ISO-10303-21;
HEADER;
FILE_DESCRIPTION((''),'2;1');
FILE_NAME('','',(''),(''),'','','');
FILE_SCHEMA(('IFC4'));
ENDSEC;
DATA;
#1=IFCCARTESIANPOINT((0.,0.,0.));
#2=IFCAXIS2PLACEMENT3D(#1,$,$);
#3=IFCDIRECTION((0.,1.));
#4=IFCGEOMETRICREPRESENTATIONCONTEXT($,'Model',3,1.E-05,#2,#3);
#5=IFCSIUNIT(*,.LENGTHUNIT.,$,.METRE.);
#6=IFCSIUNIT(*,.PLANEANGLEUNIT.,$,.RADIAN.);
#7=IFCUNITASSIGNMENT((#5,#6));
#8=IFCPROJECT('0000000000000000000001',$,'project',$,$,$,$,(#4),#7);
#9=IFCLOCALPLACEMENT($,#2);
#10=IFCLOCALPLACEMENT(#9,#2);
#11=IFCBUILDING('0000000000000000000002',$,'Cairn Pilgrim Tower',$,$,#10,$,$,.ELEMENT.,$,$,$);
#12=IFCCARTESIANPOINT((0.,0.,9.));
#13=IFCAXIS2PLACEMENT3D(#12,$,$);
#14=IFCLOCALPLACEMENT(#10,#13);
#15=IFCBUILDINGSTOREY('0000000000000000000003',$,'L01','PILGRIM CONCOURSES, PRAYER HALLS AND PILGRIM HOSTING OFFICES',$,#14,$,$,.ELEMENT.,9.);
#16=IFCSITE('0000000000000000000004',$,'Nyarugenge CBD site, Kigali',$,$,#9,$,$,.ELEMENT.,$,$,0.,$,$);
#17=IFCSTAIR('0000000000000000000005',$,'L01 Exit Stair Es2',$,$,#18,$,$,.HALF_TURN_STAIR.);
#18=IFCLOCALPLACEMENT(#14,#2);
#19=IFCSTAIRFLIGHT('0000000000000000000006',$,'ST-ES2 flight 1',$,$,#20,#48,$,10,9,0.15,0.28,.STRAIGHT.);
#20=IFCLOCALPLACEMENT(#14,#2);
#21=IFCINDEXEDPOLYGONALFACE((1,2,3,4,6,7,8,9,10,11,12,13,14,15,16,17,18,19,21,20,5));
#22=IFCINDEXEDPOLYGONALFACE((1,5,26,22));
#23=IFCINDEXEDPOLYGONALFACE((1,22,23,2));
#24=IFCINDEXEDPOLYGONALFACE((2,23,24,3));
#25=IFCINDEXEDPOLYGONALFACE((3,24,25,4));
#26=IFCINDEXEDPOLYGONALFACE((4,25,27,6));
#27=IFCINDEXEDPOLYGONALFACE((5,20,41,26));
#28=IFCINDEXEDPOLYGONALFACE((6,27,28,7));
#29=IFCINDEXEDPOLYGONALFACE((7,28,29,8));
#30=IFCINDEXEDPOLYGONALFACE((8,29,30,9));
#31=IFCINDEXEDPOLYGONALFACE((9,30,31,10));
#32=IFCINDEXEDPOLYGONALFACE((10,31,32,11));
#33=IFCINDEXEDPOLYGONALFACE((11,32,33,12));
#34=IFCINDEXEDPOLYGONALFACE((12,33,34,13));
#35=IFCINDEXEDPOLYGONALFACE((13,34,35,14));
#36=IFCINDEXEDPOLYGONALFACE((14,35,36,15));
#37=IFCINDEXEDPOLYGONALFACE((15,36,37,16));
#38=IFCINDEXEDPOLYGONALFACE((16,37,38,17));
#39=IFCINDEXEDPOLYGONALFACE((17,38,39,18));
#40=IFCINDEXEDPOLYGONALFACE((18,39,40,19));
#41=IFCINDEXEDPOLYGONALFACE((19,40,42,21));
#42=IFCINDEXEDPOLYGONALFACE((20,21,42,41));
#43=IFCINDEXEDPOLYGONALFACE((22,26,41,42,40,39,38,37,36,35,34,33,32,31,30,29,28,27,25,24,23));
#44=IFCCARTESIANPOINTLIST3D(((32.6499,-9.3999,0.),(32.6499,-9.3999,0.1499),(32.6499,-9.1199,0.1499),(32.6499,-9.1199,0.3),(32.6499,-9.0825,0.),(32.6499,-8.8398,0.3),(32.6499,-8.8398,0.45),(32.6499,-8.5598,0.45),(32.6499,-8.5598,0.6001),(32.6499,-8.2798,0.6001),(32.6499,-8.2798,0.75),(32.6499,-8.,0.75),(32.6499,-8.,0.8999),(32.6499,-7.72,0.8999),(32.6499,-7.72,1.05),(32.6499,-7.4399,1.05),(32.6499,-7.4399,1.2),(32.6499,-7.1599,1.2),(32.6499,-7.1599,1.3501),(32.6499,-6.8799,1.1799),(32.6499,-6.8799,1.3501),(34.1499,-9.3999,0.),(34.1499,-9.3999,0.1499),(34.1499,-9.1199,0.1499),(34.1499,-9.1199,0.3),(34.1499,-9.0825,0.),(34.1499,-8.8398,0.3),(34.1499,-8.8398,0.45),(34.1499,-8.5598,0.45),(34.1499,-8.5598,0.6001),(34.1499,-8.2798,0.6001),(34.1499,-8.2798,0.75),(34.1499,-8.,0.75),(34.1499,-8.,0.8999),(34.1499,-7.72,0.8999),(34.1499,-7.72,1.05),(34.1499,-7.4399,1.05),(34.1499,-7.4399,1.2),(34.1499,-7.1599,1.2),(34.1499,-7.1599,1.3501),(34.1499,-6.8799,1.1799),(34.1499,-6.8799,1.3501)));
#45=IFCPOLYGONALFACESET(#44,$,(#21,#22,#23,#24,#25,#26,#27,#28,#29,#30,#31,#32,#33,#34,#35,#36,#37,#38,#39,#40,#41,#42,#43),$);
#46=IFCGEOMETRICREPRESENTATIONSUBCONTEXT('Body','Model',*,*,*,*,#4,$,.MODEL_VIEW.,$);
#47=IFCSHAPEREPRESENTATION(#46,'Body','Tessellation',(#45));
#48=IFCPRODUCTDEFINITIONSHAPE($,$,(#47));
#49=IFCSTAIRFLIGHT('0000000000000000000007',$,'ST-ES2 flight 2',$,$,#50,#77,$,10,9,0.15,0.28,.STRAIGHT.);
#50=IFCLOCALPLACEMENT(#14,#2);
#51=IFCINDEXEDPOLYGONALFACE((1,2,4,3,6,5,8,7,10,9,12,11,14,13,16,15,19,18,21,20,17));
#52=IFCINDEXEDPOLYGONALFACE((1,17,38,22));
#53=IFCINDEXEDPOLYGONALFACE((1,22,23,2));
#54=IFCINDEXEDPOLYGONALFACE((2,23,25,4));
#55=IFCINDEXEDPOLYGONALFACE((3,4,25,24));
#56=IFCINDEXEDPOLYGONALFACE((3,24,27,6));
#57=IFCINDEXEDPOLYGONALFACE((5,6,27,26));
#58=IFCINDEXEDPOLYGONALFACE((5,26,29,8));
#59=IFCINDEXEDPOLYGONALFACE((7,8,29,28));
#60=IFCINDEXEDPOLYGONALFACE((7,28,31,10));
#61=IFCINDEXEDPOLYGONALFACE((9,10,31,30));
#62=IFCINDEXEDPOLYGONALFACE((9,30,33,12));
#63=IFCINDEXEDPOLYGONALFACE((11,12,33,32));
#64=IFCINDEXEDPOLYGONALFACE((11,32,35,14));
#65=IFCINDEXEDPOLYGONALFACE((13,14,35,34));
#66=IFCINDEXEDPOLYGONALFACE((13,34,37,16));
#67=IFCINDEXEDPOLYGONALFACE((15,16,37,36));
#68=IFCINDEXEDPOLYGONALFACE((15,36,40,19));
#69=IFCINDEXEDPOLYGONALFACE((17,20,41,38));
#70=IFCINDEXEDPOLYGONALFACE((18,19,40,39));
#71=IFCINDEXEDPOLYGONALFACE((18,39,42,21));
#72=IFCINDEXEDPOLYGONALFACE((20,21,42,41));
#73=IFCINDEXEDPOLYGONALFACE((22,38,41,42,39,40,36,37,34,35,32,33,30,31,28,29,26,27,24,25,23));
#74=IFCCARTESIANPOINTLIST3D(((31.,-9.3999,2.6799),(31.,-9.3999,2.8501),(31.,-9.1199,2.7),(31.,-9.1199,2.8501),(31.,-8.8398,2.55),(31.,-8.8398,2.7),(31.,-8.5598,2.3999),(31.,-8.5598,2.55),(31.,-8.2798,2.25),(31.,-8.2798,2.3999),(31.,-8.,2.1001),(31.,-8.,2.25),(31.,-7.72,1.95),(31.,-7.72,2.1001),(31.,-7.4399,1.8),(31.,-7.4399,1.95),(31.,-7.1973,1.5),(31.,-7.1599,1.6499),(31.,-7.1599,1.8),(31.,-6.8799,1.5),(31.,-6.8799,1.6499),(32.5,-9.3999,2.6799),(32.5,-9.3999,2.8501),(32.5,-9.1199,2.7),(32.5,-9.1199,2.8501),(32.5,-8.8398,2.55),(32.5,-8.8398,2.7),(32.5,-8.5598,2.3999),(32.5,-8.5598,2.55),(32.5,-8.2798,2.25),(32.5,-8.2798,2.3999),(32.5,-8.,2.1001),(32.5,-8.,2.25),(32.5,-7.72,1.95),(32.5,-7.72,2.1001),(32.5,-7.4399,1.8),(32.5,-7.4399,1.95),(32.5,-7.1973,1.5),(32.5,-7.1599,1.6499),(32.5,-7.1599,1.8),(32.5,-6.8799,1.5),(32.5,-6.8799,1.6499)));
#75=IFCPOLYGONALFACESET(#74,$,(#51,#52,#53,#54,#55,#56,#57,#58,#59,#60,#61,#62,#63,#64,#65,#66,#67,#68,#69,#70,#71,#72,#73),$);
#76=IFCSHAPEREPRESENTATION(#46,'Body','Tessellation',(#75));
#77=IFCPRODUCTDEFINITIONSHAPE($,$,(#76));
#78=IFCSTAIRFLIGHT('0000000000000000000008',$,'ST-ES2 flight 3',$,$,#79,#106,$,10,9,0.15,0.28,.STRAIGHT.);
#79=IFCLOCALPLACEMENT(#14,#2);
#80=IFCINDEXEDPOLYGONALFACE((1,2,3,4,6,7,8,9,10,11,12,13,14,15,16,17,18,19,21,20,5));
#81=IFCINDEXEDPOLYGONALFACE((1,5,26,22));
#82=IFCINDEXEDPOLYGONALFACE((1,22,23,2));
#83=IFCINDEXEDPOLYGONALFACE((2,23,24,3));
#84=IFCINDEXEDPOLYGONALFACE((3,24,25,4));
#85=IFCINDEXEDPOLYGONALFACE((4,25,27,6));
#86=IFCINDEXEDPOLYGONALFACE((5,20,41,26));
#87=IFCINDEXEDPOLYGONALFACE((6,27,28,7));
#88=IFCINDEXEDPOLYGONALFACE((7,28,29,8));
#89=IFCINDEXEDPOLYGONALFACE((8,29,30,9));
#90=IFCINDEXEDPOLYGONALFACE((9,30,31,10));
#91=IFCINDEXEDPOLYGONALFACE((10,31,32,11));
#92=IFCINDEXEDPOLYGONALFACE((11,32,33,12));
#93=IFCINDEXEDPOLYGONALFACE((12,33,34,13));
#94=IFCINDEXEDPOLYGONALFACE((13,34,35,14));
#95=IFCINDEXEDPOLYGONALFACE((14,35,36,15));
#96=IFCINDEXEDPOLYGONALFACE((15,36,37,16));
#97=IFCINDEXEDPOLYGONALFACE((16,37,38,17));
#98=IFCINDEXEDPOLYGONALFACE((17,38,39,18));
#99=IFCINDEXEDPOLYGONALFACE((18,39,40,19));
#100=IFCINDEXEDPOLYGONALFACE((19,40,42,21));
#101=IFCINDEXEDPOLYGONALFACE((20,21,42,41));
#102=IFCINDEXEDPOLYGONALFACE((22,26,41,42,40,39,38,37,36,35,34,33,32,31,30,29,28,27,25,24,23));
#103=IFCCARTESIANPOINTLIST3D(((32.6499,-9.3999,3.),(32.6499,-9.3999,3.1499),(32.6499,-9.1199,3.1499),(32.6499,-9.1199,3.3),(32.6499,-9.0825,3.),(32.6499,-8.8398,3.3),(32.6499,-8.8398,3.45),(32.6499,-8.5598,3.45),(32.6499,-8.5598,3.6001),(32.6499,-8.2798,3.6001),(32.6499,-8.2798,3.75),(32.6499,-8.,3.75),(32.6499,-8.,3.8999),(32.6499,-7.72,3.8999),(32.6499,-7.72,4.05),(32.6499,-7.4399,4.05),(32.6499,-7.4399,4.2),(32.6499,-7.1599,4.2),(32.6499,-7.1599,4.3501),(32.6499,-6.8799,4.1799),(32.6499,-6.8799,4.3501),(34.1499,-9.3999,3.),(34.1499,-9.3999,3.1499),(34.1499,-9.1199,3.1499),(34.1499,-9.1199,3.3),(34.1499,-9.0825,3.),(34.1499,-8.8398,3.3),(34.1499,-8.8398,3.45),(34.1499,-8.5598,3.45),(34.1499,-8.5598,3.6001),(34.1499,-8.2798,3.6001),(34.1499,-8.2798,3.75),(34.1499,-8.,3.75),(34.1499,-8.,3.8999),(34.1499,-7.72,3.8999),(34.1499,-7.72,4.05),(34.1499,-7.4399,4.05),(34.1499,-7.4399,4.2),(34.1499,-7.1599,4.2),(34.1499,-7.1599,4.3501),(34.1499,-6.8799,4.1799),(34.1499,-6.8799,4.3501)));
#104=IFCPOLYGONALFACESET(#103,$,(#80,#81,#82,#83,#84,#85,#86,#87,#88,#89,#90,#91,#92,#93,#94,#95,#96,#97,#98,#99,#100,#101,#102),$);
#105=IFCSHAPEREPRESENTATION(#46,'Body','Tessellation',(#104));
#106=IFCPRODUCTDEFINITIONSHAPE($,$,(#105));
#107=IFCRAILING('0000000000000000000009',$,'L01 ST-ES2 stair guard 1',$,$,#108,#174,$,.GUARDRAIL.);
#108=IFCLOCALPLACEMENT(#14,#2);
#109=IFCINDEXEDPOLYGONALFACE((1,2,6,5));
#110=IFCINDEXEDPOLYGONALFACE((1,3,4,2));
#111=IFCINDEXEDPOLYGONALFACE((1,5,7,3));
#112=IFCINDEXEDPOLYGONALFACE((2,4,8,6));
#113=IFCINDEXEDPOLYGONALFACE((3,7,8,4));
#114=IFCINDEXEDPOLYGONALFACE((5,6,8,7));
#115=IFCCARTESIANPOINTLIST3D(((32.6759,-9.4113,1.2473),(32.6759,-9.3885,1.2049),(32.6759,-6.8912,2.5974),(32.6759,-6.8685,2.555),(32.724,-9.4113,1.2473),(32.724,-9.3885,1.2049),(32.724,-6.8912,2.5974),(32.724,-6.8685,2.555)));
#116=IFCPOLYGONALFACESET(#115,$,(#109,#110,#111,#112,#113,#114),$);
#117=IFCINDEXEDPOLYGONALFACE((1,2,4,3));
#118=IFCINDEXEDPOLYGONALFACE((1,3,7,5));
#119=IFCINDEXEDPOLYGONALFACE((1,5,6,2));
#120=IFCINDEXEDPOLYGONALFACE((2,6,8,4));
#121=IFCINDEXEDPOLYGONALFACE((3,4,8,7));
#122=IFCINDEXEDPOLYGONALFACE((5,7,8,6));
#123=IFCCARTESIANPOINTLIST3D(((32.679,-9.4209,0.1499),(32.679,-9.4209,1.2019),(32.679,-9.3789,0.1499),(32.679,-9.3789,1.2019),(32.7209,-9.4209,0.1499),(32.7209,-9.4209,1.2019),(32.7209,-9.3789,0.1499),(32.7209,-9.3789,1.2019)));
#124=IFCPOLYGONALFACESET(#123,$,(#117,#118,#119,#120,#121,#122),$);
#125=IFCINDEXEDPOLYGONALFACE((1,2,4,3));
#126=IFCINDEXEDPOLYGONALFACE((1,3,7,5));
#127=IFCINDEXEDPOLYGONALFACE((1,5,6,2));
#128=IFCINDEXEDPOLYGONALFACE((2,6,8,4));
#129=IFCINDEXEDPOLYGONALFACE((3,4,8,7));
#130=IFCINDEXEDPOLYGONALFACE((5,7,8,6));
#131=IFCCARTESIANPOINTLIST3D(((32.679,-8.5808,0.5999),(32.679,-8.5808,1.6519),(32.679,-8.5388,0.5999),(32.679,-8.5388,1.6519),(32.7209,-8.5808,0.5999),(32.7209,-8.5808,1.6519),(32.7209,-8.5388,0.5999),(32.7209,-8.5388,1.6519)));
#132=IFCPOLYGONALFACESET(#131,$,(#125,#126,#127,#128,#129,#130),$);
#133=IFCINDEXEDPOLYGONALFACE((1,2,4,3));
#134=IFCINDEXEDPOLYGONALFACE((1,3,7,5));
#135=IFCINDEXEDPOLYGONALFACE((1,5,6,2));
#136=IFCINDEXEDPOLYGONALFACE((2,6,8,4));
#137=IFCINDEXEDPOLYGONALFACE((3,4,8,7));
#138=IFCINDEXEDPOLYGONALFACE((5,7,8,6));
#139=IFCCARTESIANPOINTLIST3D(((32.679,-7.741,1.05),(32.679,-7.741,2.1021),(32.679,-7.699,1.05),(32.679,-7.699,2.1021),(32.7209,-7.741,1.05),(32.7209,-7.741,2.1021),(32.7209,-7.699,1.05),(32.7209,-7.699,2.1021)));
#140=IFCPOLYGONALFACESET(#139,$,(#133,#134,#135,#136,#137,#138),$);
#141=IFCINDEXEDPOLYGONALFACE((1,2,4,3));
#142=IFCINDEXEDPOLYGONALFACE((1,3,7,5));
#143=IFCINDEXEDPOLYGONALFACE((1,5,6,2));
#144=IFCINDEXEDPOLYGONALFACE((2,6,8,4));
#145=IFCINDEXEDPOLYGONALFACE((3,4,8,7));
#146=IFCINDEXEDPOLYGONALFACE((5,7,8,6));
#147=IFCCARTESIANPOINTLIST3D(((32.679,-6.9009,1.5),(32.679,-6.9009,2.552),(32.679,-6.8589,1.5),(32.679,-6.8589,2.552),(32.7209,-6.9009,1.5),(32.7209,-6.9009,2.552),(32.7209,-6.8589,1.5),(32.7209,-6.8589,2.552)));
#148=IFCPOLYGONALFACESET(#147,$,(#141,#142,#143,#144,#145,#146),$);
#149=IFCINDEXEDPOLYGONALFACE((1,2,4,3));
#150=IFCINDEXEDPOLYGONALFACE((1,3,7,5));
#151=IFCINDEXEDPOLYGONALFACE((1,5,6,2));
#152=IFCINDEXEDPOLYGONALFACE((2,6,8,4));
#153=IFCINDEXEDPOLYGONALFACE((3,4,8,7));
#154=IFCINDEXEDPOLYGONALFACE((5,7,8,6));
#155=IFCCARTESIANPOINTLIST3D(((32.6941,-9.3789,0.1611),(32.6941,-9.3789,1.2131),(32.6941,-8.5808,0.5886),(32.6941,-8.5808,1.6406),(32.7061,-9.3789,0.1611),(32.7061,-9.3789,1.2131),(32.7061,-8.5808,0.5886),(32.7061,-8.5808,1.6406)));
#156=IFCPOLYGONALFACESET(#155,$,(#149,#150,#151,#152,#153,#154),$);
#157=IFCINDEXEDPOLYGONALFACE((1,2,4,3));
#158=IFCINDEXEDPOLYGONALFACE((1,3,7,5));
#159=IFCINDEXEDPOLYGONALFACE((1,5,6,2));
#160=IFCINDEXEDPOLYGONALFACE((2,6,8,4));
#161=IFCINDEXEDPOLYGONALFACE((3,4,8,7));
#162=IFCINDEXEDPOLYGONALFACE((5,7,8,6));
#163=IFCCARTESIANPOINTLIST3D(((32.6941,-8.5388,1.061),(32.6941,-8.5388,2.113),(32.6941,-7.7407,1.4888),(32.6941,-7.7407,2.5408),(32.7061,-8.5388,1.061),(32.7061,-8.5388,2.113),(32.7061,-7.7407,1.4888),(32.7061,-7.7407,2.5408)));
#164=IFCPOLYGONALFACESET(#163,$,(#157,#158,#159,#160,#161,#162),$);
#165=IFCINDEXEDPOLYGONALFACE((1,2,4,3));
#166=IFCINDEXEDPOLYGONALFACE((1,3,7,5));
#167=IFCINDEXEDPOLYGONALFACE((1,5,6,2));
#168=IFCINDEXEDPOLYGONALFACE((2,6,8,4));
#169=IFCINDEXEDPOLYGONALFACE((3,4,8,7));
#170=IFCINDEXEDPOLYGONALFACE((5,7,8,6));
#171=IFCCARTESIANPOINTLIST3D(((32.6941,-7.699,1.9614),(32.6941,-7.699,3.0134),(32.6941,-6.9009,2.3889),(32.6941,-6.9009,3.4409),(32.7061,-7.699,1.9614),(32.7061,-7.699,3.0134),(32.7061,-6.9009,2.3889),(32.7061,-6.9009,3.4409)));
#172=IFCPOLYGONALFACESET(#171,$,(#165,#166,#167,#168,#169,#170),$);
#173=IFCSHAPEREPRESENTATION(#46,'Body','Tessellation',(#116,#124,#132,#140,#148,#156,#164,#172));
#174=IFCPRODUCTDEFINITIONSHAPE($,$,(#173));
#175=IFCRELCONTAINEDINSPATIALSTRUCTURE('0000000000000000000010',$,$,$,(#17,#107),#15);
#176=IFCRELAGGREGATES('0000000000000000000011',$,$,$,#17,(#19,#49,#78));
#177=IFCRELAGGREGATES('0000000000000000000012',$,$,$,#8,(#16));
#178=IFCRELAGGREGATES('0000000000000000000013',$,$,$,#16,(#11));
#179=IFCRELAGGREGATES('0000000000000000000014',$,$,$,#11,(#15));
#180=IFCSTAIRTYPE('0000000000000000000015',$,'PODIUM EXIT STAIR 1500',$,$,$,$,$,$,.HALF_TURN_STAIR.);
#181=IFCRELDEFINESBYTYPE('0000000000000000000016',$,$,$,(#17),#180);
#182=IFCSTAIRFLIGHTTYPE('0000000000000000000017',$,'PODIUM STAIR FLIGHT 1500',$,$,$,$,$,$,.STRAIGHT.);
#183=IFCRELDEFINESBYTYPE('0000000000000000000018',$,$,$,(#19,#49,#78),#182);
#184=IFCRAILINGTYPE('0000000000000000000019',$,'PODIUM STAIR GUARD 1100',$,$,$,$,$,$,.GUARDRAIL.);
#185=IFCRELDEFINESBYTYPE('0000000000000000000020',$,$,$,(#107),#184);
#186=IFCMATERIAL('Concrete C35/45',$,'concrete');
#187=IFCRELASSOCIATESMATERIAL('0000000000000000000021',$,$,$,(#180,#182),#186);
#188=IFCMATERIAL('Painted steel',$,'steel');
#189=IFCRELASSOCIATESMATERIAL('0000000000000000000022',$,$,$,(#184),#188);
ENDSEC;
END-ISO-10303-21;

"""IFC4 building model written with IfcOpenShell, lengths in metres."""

from ifc_helpers import new_model, si_unit, direction, frame, origin, origin_2d, place, context, subcontext, project, spatial, polyline, rectangle, outline, extrude, material, type_object, element, aggregate, save


model = new_model("IFC4")

# Units and contexts
model_context = context("Model", 3, precision=1e-05, world=origin(), true_north=direction((0.0, 1.0)))
body_context = subcontext(model_context, "Body", "Model", "MODEL_VIEW")
ifc_project = project(units=[si_unit("LENGTHUNIT", "METRE"), si_unit("PLANEANGLEUNIT", "RADIAN")], contexts=[model_context])

# Site, building, storey
site_placement = place(None, origin())
site = spatial("IfcSite", under=ifc_project, at=site_placement, Name="Nyarugenge CBD site, Kigali", CompositionType="ELEMENT", RefElevation=0.0)
building_placement = place(site_placement, origin())
building = spatial("IfcBuilding", under=site, at=building_placement, Name="Cairn Pilgrim Tower", CompositionType="ELEMENT")
storey_placement = place(building_placement, frame((0.0, 0.0, 9.0)))
storey = spatial("IfcBuildingStorey", under=building, at=storey_placement, Name="L01", Description="PILGRIM CONCOURSES, PRAYER HALLS AND PILGRIM HOSTING OFFICES", CompositionType="ELEMENT", Elevation=9.0)

# Shared definitions
ifc_material_1 = material(Name="Concrete C35/45", Category="concrete")

# Stair, stair flights
stair_type = type_object("IfcStairType", Name="PODIUM EXIT STAIR 1500", PredefinedType="HALF_TURN_STAIR", material=ifc_material_1)
stair_placement = place(storey_placement, origin())
stair = element("IfcStair", 1, at=stair_placement, inside=storey, type_object=stair_type, Name="L01 Exit Stair Es2", PredefinedType="HALF_TURN_STAIR")
stair_flight_type = type_object("IfcStairFlightType", Name="PODIUM STAIR FLIGHT 1500", PredefinedType="STRAIGHT", material=ifc_material_1)
stair_flight_1_placement = place(storey_placement, frame((33.3999, -9.3999, 0.0), z_axis=(0.0, 0.0, 1.0), x_axis=(0.0, 1.0, 0.0)))
stair_flight_1 = element("IfcStairFlight", 2, at=stair_flight_1_placement, type_object=stair_flight_type, Name="ST-ES2 flight 1", NumberOfRisers=10, NumberOfTreads=9, PredefinedType="STRAIGHT", RiserHeight=0.15, TreadLength=0.28, context=body_context, shape_type="SweptSolid", body=[
    extrude(outline(polyline([(0.0, 0.0), (0.0, 0.1499), (0.28, 0.1499), (0.28, 0.3), (0.5601, 0.3), (0.5601, 0.45), (0.8401, 0.45), (0.8401, 0.6001), (1.1201, 0.6001), (1.1201, 0.75), (1.3999, 0.75), (1.3999, 0.8999), (1.6799, 0.8999), (1.6799, 1.05), (1.96, 1.05), (1.96, 1.2), (2.24, 1.2), (2.24, 1.3501), (2.52, 1.3501), (2.52, 1.5), (2.52, 1.1799), (0.3174, 0.0), (0.0, 0.0)])), frame((0.0, 0.75, 0.0), z_axis=(0.0, -1.0, 0.0), x_axis=(1.0, 0.0, 0.0)), (0.0, 0.0, 1.0), 1.5),
])
stair_flight_2_placement = place(storey_placement, frame((31.75, -6.8799, 1.5), z_axis=(0.0, 0.0, 1.0), x_axis=(0.0, -1.0, 0.0)))
stair_flight_2 = element("IfcStairFlight", 3, at=stair_flight_2_placement, type_object=stair_flight_type, Name="ST-ES2 flight 2", NumberOfRisers=10, NumberOfTreads=9, PredefinedType="STRAIGHT", RiserHeight=0.15, TreadLength=0.28, context=body_context, shape_type="SweptSolid", body=[
    extrude(outline(polyline([(0.0, 0.0), (0.0, 0.1499), (0.28, 0.1499), (0.28, 0.3), (0.5601, 0.3), (0.5601, 0.45), (0.8401, 0.45), (0.8401, 0.6001), (1.1201, 0.6001), (1.1201, 0.75), (1.3999, 0.75), (1.3999, 0.8999), (1.6799, 0.8999), (1.6799, 1.05), (1.96, 1.05), (1.96, 1.2), (2.24, 1.2), (2.24, 1.3501), (2.52, 1.3501), (2.52, 1.5), (2.52, 1.1799), (0.3174, 0.0), (0.0, 0.0)])), frame((0.0, 0.75, 0.0), z_axis=(0.0, -1.0, 0.0), x_axis=(1.0, 0.0, 0.0)), (0.0, 0.0, 1.0), 1.5),
])
stair_flight_3_placement = place(storey_placement, frame((33.3999, -9.3999, 3.0), z_axis=(0.0, 0.0, 1.0), x_axis=(0.0, 1.0, 0.0)))
stair_flight_3 = element("IfcStairFlight", 4, at=stair_flight_3_placement, type_object=stair_flight_type, Name="ST-ES2 flight 3", NumberOfRisers=10, NumberOfTreads=9, PredefinedType="STRAIGHT", RiserHeight=0.15, TreadLength=0.28, context=body_context, shape_type="SweptSolid", body=[
    extrude(outline(polyline([(0.0, 0.0), (0.0, 0.1499), (0.28, 0.1499), (0.28, 0.3), (0.5601, 0.3), (0.5601, 0.45), (0.8401, 0.45), (0.8401, 0.6001), (1.1201, 0.6001), (1.1201, 0.75), (1.3999, 0.75), (1.3999, 0.8999), (1.6799, 0.8999), (1.6799, 1.05), (1.96, 1.05), (1.96, 1.2), (2.24, 1.2), (2.24, 1.3501), (2.52, 1.3501), (2.52, 1.5), (2.52, 1.1799), (0.3174, 0.0), (0.0, 0.0)])), frame((0.0, 0.75, 0.0), z_axis=(0.0, -1.0, 0.0), x_axis=(1.0, 0.0, 0.0)), (0.0, 0.0, 1.0), 1.5),
])
aggregate(stair, [stair_flight_1, stair_flight_2, stair_flight_3])

# Railing
ifc_material_2 = material(Name="Painted steel", Category="steel")
railing_type_1 = type_object("IfcRailingType", Name="PODIUM STAIR GUARD 1100", PredefinedType="GUARDRAIL", material=ifc_material_2)
railing_1_placement = place(storey_placement, frame((32.7, -9.3999, 0.1499)))
element("IfcRailing", 5, at=railing_1_placement, inside=storey, type_object=railing_type_1, Name="L01 ST-ES2 stair guard 1", PredefinedType="GUARDRAIL", context=body_context, shape_type="SweptSolid", body=[
    extrude(rectangle(XDim=0.0481, YDim=0.0481, at=origin_2d()), frame((0.0, 0.0, 1.0762), z_axis=(0.0, 0.881467, 0.472245), x_axis=(-1.0, 0.0, 0.0)), (0.0, 0.0, 1.0), 2.8589),
    extrude(rectangle(XDim=0.042, YDim=0.042, at=origin_2d()), origin(), (0.0, 0.0, 1.0), 1.052),
    extrude(rectangle(XDim=0.042, YDim=0.042, at=origin_2d()), frame((0.0, 0.8401, 0.45)), (0.0, 0.0, 1.0), 1.052),
    extrude(rectangle(XDim=0.042, YDim=0.042, at=origin_2d()), frame((0.0, 1.6799, 0.9001)), (0.0, 0.0, 1.0), 1.052),
    extrude(rectangle(XDim=0.042, YDim=0.042, at=origin_2d()), frame((0.0, 2.52, 1.3501)), (0.0, 0.0, 1.0), 1.052),
    extrude(outline(polyline([(0.021, 0.0112), (0.8191, 0.4387), (0.8191, 1.4907), (0.021, 1.0632), (0.021, 0.0112)])), frame((-0.0059, 0.0, 0.0), z_axis=(1.0, 0.0, 0.0), x_axis=(0.0, 1.0, 0.0)), (0.0, 0.0, 1.0), 0.012),
    extrude(outline(polyline([(0.021, 0.4612), (0.8191, 0.8889), (0.8191, 1.9409), (0.021, 1.5132), (0.021, 0.4612)])), frame((-0.0059, 0.8401, 0.45), z_axis=(1.0, 0.0, 0.0), x_axis=(0.0, 1.0, 0.0)), (0.0, 0.0, 1.0), 0.012),
    extrude(outline(polyline([(0.021, 0.9114), (0.8191, 1.3389), (0.8191, 2.3909), (0.021, 1.9634), (0.021, 0.9114)])), frame((-0.0059, 1.6799, 0.9001), z_axis=(1.0, 0.0, 0.0), x_axis=(0.0, 1.0, 0.0)), (0.0, 0.0, 1.0), 0.012),
])

save(model, "model.ifc")
